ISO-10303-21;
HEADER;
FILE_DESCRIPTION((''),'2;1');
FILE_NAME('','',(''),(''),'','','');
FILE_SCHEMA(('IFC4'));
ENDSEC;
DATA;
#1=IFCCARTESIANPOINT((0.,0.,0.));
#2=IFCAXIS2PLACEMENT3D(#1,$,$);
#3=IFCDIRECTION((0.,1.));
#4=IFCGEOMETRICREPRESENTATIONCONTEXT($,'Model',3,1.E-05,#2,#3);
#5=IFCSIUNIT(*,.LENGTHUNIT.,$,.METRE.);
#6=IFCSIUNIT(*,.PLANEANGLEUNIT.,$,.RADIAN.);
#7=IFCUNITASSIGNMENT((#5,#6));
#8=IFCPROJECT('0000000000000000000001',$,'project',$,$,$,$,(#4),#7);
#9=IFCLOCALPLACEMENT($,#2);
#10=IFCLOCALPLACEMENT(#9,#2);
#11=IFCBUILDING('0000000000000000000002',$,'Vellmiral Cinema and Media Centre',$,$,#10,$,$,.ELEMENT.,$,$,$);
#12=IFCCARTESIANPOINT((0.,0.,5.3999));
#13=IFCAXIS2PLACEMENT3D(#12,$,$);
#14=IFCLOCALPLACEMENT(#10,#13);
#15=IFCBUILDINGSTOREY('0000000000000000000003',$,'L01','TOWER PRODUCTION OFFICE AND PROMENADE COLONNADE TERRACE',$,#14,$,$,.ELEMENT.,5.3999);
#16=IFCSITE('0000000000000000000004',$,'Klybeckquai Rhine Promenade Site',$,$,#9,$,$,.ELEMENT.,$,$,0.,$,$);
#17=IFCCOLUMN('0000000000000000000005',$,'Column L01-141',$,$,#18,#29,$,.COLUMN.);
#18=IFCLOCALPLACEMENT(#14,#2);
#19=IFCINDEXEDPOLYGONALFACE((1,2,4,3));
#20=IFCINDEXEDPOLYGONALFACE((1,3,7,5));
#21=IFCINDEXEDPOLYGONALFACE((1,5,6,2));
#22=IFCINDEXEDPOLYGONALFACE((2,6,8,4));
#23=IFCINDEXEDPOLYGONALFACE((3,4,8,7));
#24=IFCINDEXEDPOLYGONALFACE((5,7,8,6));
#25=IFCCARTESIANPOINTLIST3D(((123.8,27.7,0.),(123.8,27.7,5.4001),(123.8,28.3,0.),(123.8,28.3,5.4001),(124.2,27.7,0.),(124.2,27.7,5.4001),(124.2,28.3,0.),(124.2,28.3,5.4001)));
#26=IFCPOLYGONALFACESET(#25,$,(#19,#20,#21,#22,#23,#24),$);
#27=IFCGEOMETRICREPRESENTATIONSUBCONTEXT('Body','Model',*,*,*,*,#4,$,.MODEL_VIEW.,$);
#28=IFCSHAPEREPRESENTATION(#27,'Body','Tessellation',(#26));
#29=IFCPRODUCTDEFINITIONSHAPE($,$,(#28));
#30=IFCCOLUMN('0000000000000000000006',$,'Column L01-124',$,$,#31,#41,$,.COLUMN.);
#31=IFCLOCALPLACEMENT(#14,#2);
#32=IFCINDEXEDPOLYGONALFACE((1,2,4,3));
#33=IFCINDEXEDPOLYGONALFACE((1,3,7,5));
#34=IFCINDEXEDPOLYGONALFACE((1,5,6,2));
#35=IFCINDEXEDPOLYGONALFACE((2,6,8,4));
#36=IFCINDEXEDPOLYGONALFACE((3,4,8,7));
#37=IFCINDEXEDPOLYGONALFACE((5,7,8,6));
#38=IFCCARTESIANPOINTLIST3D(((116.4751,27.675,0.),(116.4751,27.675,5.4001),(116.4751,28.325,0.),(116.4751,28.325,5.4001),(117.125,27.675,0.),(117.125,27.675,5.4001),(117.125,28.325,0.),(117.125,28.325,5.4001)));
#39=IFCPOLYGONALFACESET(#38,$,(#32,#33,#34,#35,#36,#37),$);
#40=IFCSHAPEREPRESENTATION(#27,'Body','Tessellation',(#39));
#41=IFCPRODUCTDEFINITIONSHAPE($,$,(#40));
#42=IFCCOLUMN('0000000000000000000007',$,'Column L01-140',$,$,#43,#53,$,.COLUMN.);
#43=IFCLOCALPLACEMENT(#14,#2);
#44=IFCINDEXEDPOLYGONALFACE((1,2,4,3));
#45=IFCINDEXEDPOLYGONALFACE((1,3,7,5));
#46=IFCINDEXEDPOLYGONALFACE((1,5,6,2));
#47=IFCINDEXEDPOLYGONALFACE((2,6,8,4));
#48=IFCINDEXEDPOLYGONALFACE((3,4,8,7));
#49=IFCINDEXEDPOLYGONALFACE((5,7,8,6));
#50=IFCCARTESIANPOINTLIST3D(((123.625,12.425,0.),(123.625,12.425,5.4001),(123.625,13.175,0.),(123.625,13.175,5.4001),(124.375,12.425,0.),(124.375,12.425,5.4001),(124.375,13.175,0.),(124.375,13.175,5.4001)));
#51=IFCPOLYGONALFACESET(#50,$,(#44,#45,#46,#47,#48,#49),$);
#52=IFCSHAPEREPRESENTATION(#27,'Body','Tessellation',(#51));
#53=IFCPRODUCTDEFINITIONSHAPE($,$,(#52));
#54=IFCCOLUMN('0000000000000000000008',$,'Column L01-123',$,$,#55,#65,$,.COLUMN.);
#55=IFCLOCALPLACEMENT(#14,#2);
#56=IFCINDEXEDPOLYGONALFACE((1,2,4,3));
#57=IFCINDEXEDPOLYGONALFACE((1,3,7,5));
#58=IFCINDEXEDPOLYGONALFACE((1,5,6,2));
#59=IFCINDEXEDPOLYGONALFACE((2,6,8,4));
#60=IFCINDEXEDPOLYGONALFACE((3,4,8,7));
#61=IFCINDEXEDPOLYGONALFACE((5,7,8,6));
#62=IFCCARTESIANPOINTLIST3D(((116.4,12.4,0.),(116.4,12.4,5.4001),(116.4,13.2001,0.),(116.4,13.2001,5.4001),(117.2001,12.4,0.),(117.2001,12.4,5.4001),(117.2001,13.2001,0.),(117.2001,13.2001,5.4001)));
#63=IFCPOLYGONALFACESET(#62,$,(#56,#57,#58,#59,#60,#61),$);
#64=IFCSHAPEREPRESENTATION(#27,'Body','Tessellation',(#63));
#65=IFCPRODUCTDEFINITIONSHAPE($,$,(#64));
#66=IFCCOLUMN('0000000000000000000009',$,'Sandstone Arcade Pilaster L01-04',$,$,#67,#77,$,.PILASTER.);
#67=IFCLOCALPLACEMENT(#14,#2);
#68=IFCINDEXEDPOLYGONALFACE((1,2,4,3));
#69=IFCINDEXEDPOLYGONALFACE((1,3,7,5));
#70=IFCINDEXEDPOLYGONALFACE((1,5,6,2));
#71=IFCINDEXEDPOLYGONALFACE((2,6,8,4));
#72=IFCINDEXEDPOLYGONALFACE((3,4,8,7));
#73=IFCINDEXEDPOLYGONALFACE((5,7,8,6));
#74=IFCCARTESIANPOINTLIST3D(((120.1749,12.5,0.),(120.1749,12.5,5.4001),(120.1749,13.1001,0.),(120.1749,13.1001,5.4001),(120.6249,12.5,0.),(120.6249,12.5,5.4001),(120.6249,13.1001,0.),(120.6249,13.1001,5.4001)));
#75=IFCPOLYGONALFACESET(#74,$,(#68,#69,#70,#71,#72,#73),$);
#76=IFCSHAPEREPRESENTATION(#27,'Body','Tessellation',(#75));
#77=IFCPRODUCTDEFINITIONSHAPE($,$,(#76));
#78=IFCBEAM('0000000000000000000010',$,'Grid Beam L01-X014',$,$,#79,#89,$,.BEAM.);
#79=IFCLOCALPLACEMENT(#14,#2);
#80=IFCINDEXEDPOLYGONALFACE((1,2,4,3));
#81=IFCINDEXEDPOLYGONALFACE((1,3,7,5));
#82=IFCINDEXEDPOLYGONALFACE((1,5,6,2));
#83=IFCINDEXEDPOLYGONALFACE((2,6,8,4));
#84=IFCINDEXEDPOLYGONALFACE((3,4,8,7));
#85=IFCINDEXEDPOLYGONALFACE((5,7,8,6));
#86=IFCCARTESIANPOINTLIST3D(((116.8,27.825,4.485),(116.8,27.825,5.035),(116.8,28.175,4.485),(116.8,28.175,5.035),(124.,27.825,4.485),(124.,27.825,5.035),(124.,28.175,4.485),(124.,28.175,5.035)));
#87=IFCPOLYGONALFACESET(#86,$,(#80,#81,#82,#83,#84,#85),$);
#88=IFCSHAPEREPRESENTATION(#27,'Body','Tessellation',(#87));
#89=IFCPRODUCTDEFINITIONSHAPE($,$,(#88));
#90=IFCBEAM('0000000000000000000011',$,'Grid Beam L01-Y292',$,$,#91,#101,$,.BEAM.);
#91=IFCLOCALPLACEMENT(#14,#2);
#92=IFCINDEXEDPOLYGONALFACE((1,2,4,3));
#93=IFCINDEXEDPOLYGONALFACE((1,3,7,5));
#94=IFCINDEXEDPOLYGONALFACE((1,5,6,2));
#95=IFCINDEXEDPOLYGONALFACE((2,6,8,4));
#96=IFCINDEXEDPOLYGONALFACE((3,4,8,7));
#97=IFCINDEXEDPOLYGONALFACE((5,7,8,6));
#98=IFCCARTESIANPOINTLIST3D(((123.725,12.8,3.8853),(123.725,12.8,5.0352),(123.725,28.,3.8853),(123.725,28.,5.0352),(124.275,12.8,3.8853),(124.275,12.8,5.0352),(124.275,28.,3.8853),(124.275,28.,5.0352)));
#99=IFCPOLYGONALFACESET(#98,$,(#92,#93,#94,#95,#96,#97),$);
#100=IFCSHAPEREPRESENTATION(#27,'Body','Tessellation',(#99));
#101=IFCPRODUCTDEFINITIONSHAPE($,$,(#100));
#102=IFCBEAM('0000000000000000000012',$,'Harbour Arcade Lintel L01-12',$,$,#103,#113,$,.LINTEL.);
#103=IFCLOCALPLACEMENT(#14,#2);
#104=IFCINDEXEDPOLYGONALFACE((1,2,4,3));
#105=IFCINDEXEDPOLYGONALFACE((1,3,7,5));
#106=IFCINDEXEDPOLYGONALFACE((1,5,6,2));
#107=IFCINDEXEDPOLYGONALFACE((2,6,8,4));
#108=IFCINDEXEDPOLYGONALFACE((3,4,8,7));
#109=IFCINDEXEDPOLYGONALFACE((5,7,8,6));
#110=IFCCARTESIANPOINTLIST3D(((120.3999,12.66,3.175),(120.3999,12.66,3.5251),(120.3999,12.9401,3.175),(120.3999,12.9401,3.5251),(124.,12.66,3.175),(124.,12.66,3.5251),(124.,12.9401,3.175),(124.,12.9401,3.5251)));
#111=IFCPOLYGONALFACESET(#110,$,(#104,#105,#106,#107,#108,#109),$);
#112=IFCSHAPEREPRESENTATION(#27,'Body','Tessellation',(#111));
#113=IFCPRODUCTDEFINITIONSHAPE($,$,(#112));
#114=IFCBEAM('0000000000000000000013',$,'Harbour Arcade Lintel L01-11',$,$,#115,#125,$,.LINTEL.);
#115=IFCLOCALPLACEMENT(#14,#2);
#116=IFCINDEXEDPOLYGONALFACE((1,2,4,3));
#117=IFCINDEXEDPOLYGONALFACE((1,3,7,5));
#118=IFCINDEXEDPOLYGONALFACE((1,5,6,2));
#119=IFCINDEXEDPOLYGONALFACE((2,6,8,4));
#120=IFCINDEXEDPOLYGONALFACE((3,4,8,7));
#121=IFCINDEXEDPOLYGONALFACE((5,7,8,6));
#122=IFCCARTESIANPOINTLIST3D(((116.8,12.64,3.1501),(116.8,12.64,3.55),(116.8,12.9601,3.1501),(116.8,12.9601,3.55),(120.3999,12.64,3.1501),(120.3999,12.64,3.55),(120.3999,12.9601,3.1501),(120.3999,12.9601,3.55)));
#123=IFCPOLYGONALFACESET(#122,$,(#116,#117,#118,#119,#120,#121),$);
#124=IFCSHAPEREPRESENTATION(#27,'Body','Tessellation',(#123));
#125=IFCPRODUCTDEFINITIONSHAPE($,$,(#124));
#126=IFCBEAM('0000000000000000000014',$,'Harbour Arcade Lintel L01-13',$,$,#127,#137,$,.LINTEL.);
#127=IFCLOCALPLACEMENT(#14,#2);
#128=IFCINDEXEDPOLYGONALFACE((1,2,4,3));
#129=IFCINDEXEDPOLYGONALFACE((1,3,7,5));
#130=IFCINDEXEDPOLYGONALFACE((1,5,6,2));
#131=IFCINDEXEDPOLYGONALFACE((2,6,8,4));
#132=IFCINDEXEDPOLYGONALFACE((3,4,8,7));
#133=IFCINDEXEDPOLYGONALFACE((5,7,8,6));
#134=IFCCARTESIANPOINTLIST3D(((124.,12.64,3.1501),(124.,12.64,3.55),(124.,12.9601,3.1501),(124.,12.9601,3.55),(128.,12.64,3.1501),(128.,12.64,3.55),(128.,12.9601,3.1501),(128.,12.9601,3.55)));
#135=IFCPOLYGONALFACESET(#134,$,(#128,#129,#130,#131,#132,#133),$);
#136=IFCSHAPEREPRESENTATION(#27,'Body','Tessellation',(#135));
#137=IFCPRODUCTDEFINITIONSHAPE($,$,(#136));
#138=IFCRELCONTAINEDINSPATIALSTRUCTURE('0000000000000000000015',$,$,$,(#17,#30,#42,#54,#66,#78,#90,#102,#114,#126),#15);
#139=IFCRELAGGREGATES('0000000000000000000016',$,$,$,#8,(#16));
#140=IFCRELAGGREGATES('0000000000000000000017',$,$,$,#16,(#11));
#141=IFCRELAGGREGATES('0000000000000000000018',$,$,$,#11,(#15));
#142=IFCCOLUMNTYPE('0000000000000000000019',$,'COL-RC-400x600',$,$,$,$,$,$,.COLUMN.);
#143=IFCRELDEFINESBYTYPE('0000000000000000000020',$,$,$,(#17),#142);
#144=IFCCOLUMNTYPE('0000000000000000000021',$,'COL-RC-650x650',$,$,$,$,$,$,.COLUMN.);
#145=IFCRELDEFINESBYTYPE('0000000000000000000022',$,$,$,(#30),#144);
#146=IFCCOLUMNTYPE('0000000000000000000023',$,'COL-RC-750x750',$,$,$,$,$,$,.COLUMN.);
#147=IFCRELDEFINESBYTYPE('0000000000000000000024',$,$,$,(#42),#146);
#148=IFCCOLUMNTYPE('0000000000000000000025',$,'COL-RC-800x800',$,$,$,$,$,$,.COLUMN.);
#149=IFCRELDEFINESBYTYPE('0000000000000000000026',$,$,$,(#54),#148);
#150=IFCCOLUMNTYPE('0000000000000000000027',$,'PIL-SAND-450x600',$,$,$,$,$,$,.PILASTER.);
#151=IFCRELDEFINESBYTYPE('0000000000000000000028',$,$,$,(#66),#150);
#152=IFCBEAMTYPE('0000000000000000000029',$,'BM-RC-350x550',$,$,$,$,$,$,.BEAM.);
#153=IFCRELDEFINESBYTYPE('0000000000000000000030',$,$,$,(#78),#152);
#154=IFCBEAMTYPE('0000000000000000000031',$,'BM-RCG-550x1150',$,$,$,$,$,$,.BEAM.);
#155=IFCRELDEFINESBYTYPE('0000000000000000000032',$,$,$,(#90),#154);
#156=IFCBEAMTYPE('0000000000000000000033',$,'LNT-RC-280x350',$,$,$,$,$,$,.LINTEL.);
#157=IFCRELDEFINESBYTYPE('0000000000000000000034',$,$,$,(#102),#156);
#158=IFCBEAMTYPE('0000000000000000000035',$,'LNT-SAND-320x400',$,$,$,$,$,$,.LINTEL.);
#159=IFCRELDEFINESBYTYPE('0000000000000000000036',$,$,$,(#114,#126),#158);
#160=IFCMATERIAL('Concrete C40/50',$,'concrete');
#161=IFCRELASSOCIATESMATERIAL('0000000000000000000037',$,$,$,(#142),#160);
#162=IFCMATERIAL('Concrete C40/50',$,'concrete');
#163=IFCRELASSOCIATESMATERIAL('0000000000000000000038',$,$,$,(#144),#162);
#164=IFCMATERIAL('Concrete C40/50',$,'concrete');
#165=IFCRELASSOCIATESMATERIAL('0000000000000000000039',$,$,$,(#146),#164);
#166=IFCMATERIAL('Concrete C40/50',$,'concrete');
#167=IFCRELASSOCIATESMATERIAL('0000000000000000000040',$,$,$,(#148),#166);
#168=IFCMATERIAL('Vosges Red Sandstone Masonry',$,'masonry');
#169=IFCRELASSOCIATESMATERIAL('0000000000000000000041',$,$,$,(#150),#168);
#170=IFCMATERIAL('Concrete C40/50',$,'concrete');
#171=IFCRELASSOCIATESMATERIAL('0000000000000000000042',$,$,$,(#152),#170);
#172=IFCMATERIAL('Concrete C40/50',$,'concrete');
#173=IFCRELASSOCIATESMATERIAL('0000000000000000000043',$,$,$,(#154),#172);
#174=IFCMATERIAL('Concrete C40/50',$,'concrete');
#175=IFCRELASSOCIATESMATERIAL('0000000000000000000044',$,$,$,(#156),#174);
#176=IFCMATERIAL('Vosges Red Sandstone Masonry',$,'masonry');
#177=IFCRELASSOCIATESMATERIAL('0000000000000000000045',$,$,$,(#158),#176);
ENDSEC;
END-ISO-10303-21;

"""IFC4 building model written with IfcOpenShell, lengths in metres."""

from ifc_helpers import new_model, si_unit, direction, frame, origin, origin_2d, place, context, subcontext, project, spatial, rectangle, extrude, material, material_profile, profile_set, type_object, element, save


model = new_model("IFC4")

# Units and contexts
model_context = context("Model", 3, precision=1e-05, world=origin(), true_north=direction((0.0, 1.0)))
body_context = subcontext(model_context, "Body", "Model", "MODEL_VIEW")
ifc_project = project(units=[si_unit("LENGTHUNIT", "METRE"), si_unit("PLANEANGLEUNIT", "RADIAN")], contexts=[model_context])

# Site, building, storey
site_placement = place(None, origin())
site = spatial("IfcSite", under=ifc_project, at=site_placement, Name="Klybeckquai Rhine Promenade Site", CompositionType="ELEMENT", RefElevation=0.0)
building_placement = place(site_placement, origin())
building = spatial("IfcBuilding", under=site, at=building_placement, Name="Vellmiral Cinema and Media Centre", CompositionType="ELEMENT")
storey_placement = place(building_placement, frame((0.0, 0.0, 5.3999)))
storey = spatial("IfcBuildingStorey", under=building, at=storey_placement, Name="L01", Description="TOWER PRODUCTION OFFICE AND PROMENADE COLONNADE TERRACE", CompositionType="ELEMENT", Elevation=5.3999)

# Columns
ifc_material_1 = material(Name="Concrete C40/50", Category="concrete")
ifc_material_profile_1 = material_profile(ifc_material_1, rectangle(XDim=0.3999, YDim=0.6001, at=origin_2d()), Name="RC 400x600")
ifc_profile_set_1 = profile_set([ifc_material_profile_1], Name="Concrete C40/50")
column_type_1 = type_object("IfcColumnType", Name="COL-RC-400x600", PredefinedType="COLUMN", material=ifc_profile_set_1)
column_1_placement = place(storey_placement, frame((124.0, 28.0, 0.0), z_axis=(0.0, 0.0, 1.0), x_axis=(1.0, 0.0, 0.0)))
element("IfcColumn", 1, at=column_1_placement, inside=storey, type_object=column_type_1, Name="Column L01-141", PredefinedType="COLUMN", context=body_context, shape_type="SweptSolid", body=[
    extrude(rectangle(XDim=0.3999, YDim=0.6001, at=origin_2d()), origin(), (0.0, 0.0, 1.0), 5.4001),
])
ifc_material_2 = material(Name="Concrete C40/50", Category="concrete")
ifc_material_profile_2 = material_profile(ifc_material_2, rectangle(XDim=0.6499, YDim=0.6499, at=origin_2d()), Name="RC 650x650")
ifc_profile_set_2 = profile_set([ifc_material_profile_2], Name="Concrete C40/50")
column_type_2 = type_object("IfcColumnType", Name="COL-RC-650x650", PredefinedType="COLUMN", material=ifc_profile_set_2)
column_2_placement = place(storey_placement, frame((116.8, 28.0, 0.0), z_axis=(0.0, 0.0, 1.0), x_axis=(1.0, 0.0, 0.0)))
element("IfcColumn", 2, at=column_2_placement, inside=storey, type_object=column_type_2, Name="Column L01-124", PredefinedType="COLUMN", context=body_context, shape_type="SweptSolid", body=[
    extrude(rectangle(XDim=0.6499, YDim=0.6499, at=origin_2d()), origin(), (0.0, 0.0, 1.0), 5.4001),
])
ifc_material_3 = material(Name="Concrete C40/50", Category="concrete")
ifc_material_profile_3 = material_profile(ifc_material_3, rectangle(XDim=0.75, YDim=0.75, at=origin_2d()), Name="RC 750x750")
ifc_profile_set_3 = profile_set([ifc_material_profile_3], Name="Concrete C40/50")
column_type_3 = type_object("IfcColumnType", Name="COL-RC-750x750", PredefinedType="COLUMN", material=ifc_profile_set_3)
column_3_placement = place(storey_placement, frame((124.0, 12.8, 0.0), z_axis=(0.0, 0.0, 1.0), x_axis=(1.0, 0.0, 0.0)))
element("IfcColumn", 3, at=column_3_placement, inside=storey, type_object=column_type_3, Name="Column L01-140", PredefinedType="COLUMN", context=body_context, shape_type="SweptSolid", body=[
    extrude(rectangle(XDim=0.75, YDim=0.75, at=origin_2d()), origin(), (0.0, 0.0, 1.0), 5.4001),
])
ifc_material_4 = material(Name="Concrete C40/50", Category="concrete")
ifc_material_profile_4 = material_profile(ifc_material_4, rectangle(XDim=0.8, YDim=0.8, at=origin_2d()), Name="RC 800x800")
ifc_profile_set_4 = profile_set([ifc_material_profile_4], Name="Concrete C40/50")
column_type_4 = type_object("IfcColumnType", Name="COL-RC-800x800", PredefinedType="COLUMN", material=ifc_profile_set_4)
column_4_placement = place(storey_placement, frame((116.8, 12.8, 0.0), z_axis=(0.0, 0.0, 1.0), x_axis=(1.0, 0.0, 0.0)))
element("IfcColumn", 4, at=column_4_placement, inside=storey, type_object=column_type_4, Name="Column L01-123", PredefinedType="COLUMN", context=body_context, shape_type="SweptSolid", body=[
    extrude(rectangle(XDim=0.8, YDim=0.8, at=origin_2d()), origin(), (0.0, 0.0, 1.0), 5.4001),
])
ifc_material_5 = material(Name="Vosges Red Sandstone Masonry", Category="masonry")
ifc_material_profile_5 = material_profile(ifc_material_5, rectangle(XDim=0.45, YDim=0.6001, at=origin_2d()), Name="SAND 450x600")
ifc_profile_set_5 = profile_set([ifc_material_profile_5], Name="Vosges Red Sandstone Masonry")
column_type_5 = type_object("IfcColumnType", Name="PIL-SAND-450x600", PredefinedType="PILASTER", material=ifc_profile_set_5)
column_5_placement = place(storey_placement, frame((120.3999, 12.8, 0.0), z_axis=(0.0, 0.0, 1.0), x_axis=(1.0, 0.0, 0.0)))
element("IfcColumn", 5, at=column_5_placement, inside=storey, type_object=column_type_5, Name="Sandstone Arcade Pilaster L01-04", PredefinedType="PILASTER", context=body_context, shape_type="SweptSolid", body=[
    extrude(rectangle(XDim=0.45, YDim=0.6001, at=origin_2d()), origin(), (0.0, 0.0, 1.0), 5.4001),
])

# Beams
ifc_material_6 = material(Name="Concrete C40/50", Category="concrete")
ifc_material_profile_6 = material_profile(ifc_material_6, rectangle(XDim=0.3501, YDim=0.55, at=origin_2d()), Name="RC 350x550")
ifc_profile_set_6 = profile_set([ifc_material_profile_6], Name="Concrete C40/50")
beam_type_1 = type_object("IfcBeamType", Name="BM-RC-350x550", PredefinedType="BEAM", material=ifc_profile_set_6)
beam_1_placement = place(storey_placement, frame((116.8, 28.0, 4.76), z_axis=(1.0, 0.0, 0.0), x_axis=(0.0, 1.0, 0.0)))
element("IfcBeam", 6, at=beam_1_placement, inside=storey, type_object=beam_type_1, Name="Grid Beam L01-X014", PredefinedType="BEAM", context=body_context, shape_type="SweptSolid", body=[
    extrude(rectangle(XDim=0.3501, YDim=0.55, at=origin_2d()), origin(), (0.0, 0.0, 1.0), 7.2),
])
ifc_material_7 = material(Name="Concrete C40/50", Category="concrete")
ifc_material_profile_7 = material_profile(ifc_material_7, rectangle(XDim=0.55, YDim=1.1499, at=origin_2d()), Name="RC 550x1150")
ifc_profile_set_7 = profile_set([ifc_material_profile_7], Name="Concrete C40/50")
beam_type_2 = type_object("IfcBeamType", Name="BM-RCG-550x1150", PredefinedType="BEAM", material=ifc_profile_set_7)
beam_2_placement = place(storey_placement, frame((124.0, 12.8, 4.4602), z_axis=(0.0, 1.0, 0.0), x_axis=(-1.0, 0.0, 0.0)))
element("IfcBeam", 7, at=beam_2_placement, inside=storey, type_object=beam_type_2, Name="Grid Beam L01-Y292", PredefinedType="BEAM", context=body_context, shape_type="SweptSolid", body=[
    extrude(rectangle(XDim=0.55, YDim=1.1499, at=origin_2d()), origin(), (0.0, 0.0, 1.0), 15.2),
])
ifc_material_8 = material(Name="Concrete C40/50", Category="concrete")
ifc_material_profile_8 = material_profile(ifc_material_8, rectangle(XDim=0.28, YDim=0.3501, at=origin_2d()), Name="RC 280x350")
ifc_profile_set_8 = profile_set([ifc_material_profile_8], Name="Concrete C40/50")
beam_type_3 = type_object("IfcBeamType", Name="LNT-RC-280x350", PredefinedType="LINTEL", material=ifc_profile_set_8)
beam_3_placement = place(storey_placement, frame((120.3999, 12.8, 3.3501), z_axis=(1.0, 0.0, 0.0), x_axis=(0.0, 1.0, 0.0)))
element("IfcBeam", 8, at=beam_3_placement, inside=storey, type_object=beam_type_3, Name="Harbour Arcade Lintel L01-12", PredefinedType="LINTEL", context=body_context, shape_type="SweptSolid", body=[
    extrude(rectangle(XDim=0.28, YDim=0.3501, at=origin_2d()), origin(), (0.0, 0.0, 1.0), 3.6001),
])
ifc_material_9 = material(Name="Vosges Red Sandstone Masonry", Category="masonry")
ifc_material_profile_9 = material_profile(ifc_material_9, rectangle(XDim=0.3201, YDim=0.3999, at=origin_2d()), Name="SAND 320x400")
ifc_profile_set_9 = profile_set([ifc_material_profile_9], Name="Vosges Red Sandstone Masonry")
beam_type_4 = type_object("IfcBeamType", Name="LNT-SAND-320x400", PredefinedType="LINTEL", material=ifc_profile_set_9)
beam_4_placement = place(storey_placement, frame((116.8, 12.8, 3.3501), z_axis=(1.0, 0.0, 0.0), x_axis=(0.0, 1.0, 0.0)))
element("IfcBeam", 9, at=beam_4_placement, inside=storey, type_object=beam_type_4, Name="Harbour Arcade Lintel L01-11", PredefinedType="LINTEL", context=body_context, shape_type="SweptSolid", body=[
    extrude(rectangle(XDim=0.3201, YDim=0.3999, at=origin_2d()), origin(), (0.0, 0.0, 1.0), 3.5999),
])
beam_5_placement = place(storey_placement, frame((124.0, 12.8, 3.3501), z_axis=(1.0, 0.0, 0.0), x_axis=(0.0, 1.0, 0.0)))
element("IfcBeam", 10, at=beam_5_placement, inside=storey, type_object=beam_type_4, Name="Harbour Arcade Lintel L01-13", PredefinedType="LINTEL", context=body_context, shape_type="SweptSolid", body=[
    extrude(rectangle(XDim=0.3201, YDim=0.3999, at=origin_2d()), origin(), (0.0, 0.0, 1.0), 4.0),
])

save(model, "model.ifc")
